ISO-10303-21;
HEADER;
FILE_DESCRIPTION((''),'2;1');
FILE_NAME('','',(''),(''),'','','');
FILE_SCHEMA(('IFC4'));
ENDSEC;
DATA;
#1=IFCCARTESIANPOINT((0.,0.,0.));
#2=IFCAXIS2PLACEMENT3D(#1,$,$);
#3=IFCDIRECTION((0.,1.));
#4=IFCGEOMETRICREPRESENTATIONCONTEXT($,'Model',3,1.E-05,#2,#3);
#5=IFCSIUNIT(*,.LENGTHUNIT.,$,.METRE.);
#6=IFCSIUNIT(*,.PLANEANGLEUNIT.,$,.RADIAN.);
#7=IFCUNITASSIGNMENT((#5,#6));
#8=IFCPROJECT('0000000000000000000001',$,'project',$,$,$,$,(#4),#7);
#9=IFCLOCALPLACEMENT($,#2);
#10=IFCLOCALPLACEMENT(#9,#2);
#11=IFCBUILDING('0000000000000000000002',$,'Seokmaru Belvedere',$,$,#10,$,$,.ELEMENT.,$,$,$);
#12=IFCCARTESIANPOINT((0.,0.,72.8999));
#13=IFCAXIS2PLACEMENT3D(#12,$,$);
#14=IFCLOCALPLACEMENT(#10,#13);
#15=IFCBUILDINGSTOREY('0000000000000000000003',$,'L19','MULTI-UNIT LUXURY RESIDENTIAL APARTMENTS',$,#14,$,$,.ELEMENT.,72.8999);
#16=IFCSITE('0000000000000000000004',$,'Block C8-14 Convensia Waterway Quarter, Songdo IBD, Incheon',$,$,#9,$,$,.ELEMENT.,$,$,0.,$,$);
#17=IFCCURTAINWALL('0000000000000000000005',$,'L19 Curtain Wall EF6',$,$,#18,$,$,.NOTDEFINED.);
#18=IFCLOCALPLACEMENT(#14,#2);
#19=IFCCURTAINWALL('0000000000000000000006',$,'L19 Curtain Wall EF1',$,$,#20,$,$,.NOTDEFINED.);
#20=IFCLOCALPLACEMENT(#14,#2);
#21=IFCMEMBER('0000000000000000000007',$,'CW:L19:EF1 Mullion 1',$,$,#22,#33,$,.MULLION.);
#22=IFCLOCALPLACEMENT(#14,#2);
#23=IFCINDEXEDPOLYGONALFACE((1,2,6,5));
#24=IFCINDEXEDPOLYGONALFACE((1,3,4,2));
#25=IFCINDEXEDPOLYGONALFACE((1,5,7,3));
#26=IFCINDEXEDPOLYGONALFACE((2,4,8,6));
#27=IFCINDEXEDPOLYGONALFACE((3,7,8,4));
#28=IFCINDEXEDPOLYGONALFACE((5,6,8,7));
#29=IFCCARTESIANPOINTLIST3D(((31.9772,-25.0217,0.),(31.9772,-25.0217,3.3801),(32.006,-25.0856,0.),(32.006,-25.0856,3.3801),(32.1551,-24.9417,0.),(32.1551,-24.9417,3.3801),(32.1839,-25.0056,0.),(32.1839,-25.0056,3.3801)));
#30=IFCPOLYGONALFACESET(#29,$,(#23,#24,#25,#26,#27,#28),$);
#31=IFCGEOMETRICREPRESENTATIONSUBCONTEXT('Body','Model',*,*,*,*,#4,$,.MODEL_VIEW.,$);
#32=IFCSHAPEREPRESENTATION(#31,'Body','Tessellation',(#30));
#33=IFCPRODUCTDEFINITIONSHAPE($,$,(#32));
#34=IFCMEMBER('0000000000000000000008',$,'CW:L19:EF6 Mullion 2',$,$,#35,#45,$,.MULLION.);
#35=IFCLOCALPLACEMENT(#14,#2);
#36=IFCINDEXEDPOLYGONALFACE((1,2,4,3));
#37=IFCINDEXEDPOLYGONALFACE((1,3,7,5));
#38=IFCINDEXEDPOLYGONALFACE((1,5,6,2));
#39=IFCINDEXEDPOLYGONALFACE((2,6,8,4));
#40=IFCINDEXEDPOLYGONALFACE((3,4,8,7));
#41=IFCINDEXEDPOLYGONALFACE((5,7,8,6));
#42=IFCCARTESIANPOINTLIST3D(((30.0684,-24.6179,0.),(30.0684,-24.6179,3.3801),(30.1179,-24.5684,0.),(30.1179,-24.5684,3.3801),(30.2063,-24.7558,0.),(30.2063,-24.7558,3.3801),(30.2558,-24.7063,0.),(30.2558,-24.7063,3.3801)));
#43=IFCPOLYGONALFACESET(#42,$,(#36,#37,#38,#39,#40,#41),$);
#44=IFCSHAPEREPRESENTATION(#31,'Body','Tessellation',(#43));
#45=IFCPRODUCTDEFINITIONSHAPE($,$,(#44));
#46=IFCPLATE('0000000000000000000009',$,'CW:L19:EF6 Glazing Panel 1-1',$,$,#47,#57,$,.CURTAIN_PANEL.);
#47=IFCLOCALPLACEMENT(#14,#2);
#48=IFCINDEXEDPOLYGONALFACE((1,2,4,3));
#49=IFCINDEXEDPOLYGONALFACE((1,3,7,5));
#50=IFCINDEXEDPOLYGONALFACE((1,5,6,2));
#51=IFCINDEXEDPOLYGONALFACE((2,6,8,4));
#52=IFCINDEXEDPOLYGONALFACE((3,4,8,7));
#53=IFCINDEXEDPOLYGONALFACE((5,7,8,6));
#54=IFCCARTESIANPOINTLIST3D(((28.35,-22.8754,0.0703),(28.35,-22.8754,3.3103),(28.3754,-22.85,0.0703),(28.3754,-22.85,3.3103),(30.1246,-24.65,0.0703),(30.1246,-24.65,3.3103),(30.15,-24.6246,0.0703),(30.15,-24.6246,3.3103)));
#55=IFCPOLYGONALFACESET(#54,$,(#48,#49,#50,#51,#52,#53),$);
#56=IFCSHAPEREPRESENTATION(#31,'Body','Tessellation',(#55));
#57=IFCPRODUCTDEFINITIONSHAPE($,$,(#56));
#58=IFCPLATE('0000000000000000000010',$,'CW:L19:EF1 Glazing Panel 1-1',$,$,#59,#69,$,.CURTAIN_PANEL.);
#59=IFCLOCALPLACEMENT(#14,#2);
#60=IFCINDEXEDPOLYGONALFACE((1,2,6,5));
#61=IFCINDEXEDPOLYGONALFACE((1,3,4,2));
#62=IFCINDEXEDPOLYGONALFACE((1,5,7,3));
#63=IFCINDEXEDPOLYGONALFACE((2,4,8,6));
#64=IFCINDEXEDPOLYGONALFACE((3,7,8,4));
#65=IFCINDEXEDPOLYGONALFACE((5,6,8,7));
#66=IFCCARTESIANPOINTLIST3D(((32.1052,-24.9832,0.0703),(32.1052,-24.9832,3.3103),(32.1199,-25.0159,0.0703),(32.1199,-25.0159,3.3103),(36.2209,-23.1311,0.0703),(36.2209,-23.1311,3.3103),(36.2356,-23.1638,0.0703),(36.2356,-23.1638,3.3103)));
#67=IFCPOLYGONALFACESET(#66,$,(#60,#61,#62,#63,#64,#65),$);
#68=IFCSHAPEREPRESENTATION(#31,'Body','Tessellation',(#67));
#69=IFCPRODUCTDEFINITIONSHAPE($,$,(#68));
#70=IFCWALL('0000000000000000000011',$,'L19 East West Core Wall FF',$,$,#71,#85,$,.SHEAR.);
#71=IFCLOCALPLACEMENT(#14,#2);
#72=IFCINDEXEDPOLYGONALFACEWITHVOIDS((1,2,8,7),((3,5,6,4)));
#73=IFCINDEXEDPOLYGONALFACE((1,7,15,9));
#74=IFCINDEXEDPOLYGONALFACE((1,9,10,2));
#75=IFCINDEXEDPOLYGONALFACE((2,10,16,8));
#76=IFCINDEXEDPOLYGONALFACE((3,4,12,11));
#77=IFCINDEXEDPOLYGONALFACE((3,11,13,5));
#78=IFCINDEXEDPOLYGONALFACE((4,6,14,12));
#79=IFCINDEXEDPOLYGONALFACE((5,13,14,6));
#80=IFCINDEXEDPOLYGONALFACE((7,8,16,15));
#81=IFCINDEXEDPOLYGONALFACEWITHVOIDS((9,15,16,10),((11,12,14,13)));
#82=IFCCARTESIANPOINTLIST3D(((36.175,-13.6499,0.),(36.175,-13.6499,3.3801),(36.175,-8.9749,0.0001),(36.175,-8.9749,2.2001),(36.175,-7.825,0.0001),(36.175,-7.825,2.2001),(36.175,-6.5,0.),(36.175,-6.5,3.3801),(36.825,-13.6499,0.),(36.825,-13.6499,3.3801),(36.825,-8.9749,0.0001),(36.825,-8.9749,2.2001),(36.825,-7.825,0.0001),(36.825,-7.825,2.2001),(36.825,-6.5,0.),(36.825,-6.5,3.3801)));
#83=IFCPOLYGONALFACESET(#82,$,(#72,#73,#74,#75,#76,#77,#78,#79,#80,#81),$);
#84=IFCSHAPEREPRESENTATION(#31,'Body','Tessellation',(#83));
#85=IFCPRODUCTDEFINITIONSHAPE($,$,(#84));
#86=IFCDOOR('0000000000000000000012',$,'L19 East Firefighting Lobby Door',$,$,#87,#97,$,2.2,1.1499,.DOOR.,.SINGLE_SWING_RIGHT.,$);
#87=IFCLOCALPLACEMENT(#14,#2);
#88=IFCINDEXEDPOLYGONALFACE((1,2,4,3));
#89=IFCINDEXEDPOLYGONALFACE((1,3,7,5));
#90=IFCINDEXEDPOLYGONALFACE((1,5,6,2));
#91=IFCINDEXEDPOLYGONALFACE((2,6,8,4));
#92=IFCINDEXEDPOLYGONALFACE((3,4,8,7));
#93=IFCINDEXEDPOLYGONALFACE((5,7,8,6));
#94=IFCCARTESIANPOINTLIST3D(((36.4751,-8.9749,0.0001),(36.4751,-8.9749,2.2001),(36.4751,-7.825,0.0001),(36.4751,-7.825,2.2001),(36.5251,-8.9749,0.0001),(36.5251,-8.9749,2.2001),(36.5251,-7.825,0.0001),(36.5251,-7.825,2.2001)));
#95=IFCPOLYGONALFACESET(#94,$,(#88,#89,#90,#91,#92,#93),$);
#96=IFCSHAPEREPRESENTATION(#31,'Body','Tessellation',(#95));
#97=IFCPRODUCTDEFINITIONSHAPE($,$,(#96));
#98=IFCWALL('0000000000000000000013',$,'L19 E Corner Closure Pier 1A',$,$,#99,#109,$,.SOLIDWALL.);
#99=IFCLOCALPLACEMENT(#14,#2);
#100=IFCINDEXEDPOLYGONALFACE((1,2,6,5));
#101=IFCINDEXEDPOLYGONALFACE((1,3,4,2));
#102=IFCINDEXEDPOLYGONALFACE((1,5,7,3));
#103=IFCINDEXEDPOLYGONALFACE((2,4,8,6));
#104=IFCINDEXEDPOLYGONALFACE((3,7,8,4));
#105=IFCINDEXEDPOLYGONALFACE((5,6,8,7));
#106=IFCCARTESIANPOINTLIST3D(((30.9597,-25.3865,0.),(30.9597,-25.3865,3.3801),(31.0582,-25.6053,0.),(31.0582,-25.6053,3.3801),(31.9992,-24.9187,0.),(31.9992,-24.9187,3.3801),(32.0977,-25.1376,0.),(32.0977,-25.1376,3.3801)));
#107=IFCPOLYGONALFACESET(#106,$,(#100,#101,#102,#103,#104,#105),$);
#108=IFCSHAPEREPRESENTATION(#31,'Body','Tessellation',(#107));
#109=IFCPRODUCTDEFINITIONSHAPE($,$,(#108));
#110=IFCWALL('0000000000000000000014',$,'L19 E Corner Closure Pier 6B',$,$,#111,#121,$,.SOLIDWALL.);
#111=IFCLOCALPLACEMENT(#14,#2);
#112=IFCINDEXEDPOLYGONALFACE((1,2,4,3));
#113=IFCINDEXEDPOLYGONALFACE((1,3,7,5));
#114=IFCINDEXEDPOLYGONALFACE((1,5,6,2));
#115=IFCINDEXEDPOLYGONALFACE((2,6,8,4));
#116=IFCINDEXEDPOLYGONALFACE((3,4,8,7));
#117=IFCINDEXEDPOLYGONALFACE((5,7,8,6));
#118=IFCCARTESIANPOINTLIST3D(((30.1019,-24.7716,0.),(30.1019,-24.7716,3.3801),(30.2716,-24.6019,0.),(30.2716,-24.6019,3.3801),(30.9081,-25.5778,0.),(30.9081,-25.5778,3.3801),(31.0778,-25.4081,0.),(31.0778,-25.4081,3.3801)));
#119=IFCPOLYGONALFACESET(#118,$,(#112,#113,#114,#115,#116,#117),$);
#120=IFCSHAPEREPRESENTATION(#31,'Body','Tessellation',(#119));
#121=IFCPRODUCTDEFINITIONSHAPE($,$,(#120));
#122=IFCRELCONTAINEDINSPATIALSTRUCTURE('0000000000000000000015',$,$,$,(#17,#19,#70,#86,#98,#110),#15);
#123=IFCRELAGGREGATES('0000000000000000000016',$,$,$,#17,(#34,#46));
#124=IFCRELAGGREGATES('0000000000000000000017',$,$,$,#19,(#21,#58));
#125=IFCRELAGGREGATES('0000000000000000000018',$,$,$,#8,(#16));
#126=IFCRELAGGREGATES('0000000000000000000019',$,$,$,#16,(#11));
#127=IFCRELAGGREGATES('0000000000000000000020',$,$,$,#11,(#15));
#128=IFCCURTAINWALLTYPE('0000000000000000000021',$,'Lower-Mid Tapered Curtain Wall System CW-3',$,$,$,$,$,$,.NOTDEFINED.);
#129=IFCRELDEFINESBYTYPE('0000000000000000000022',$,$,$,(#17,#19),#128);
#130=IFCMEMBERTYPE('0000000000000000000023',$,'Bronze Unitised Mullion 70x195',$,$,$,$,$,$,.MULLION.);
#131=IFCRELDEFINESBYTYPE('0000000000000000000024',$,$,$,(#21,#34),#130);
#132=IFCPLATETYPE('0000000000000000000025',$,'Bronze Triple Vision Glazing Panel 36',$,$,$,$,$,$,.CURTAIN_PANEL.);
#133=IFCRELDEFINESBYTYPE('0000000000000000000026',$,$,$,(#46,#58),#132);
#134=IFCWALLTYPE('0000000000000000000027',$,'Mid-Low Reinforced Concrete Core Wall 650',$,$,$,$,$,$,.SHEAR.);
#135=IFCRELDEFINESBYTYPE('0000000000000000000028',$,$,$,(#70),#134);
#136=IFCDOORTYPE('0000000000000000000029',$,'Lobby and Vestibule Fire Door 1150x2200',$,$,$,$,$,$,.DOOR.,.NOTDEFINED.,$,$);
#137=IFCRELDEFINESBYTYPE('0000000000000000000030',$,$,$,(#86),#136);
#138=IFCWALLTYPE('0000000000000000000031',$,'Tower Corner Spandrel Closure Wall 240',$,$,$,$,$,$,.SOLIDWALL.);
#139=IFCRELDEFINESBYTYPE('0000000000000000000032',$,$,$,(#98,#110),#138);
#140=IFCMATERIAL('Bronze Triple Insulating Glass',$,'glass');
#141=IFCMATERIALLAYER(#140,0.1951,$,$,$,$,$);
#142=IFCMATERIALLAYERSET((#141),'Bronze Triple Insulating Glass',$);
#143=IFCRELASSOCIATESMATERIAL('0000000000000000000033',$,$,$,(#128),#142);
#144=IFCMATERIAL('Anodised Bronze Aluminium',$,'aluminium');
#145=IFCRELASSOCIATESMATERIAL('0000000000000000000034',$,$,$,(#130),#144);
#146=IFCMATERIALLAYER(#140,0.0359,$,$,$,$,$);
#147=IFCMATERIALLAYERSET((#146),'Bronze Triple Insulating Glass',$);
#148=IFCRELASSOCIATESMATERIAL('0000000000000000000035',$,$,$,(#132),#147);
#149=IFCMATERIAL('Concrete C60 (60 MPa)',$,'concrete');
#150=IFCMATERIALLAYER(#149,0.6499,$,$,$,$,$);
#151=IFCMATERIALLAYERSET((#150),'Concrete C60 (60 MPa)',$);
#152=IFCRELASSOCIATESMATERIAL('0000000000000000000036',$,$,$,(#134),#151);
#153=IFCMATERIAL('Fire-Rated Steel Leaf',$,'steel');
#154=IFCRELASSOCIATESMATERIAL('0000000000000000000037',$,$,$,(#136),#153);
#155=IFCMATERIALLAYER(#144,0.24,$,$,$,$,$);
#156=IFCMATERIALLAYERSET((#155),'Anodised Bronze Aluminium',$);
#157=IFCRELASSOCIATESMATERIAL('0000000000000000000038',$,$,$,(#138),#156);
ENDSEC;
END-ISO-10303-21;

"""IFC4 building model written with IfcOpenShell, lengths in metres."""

from ifc_helpers import new_model, si_unit, direction, frame, frame_2d, origin, origin_2d, place, context, subcontext, project, spatial, rectangle, extrude, source, transform, mapped, material, layer, layer_set, material_profile, profile_set, type_object, type_shapes, element, fill, aggregate, save


model = new_model("IFC4")

# Units and contexts
model_context = context("Model", 3, precision=1e-05, world=origin(), true_north=direction((0.0, 1.0)))
body_context = subcontext(model_context, "Body", "Model", "MODEL_VIEW")
ifc_project = project(units=[si_unit("LENGTHUNIT", "METRE"), si_unit("PLANEANGLEUNIT", "RADIAN")], contexts=[model_context])

# Site, building, storey
site_placement = place(None, origin())
site = spatial("IfcSite", under=ifc_project, at=site_placement, Name="Block C8-14 Convensia Waterway Quarter, Songdo IBD, Incheon", CompositionType="ELEMENT", RefElevation=0.0)
building_placement = place(site_placement, origin())
building = spatial("IfcBuilding", under=site, at=building_placement, Name="Seokmaru Belvedere", CompositionType="ELEMENT")
storey_placement = place(building_placement, frame((0.0, 0.0, 72.8999)))
storey = spatial("IfcBuildingStorey", under=building, at=storey_placement, Name="L19", Description="MULTI-UNIT LUXURY RESIDENTIAL APARTMENTS", CompositionType="ELEMENT", Elevation=72.8999)

# Curtain wall
ifc_material_1 = material(Name="Bronze Triple Insulating Glass", Category="glass")
ifc_layer_1 = layer(ifc_material_1, 0.1951)
ifc_layer_set_1 = layer_set([ifc_layer_1], Name="Bronze Triple Insulating Glass")
curtain_wall_type = type_object("IfcCurtainWallType", Name="Lower-Mid Tapered Curtain Wall System CW-3", PredefinedType="NOTDEFINED", material=ifc_layer_set_1)
curtain_wall_1_placement = place(storey_placement, origin())
curtain_wall_1 = element("IfcCurtainWall", 1, at=curtain_wall_1_placement, inside=storey, type_object=curtain_wall_type, Name="L19 Curtain Wall EF6", PredefinedType="NOTDEFINED")
ifc_material_2 = material(Name="Anodised Bronze Aluminium", Category="aluminium")

# Curtain wall, member
curtain_wall_2_placement = place(storey_placement, origin())
curtain_wall_2 = element("IfcCurtainWall", 2, at=curtain_wall_2_placement, inside=storey, type_object=curtain_wall_type, Name="L19 Curtain Wall EF1", PredefinedType="NOTDEFINED")
ifc_material_profile_1 = material_profile(ifc_material_2, rectangle(XDim=0.0701, YDim=0.1951, at=origin_2d()), Name="CW-M-70x195")
ifc_profile_set_1 = profile_set([ifc_material_profile_1], Name="Anodised Bronze Aluminium")
member_type_1 = type_object("IfcMemberType", Name="Bronze Unitised Mullion 70x195", PredefinedType="MULLION", material=ifc_profile_set_1)
shared_shape_1 = source(origin(), body_context, "Body", "SweptSolid", [
    extrude(rectangle(XDim=0.0701, YDim=0.1951, at=origin_2d()), origin(), (0.0, 0.0, 1.0), 3.3801),
])
member_1_placement = place(storey_placement, frame((32.0806, -25.0137, 0.0), z_axis=(0.0, 0.0, 1.0), x_axis=(-0.410366, 0.911921, 0.0)))
member_1 = element("IfcMember", 3, at=member_1_placement, type_object=member_type_1, Name="CW:L19:EF1 Mullion 1", PredefinedType="MULLION", context=body_context, shape_type="MappedRepresentation", body=[
    mapped(shared_shape_1, transform((0.0, 0.0, 0.0), scale=1.0)),
])

# Member
member_2_placement = place(storey_placement, frame((30.1621, -24.6621, 0.0), z_axis=(0.0, 0.0, 1.0), x_axis=(0.707107, 0.707107, 0.0)))
member_2 = element("IfcMember", 4, at=member_2_placement, type_object=member_type_1, Name="CW:L19:EF6 Mullion 2", PredefinedType="MULLION", context=body_context, shape_type="MappedRepresentation", body=[
    mapped(shared_shape_1, transform((0.0, 0.0, 0.0), scale=1.0)),
])

# Plates
ifc_layer_2 = layer(ifc_material_1, 0.0359)
ifc_layer_set_2 = layer_set([ifc_layer_2], Name="Bronze Triple Insulating Glass")
plate_type = type_object("IfcPlateType", Name="Bronze Triple Vision Glazing Panel 36", PredefinedType="CURTAIN_PANEL", material=ifc_layer_set_2)
shared_shape_2 = source(origin(), body_context, "Body", "SweptSolid", [
    extrude(rectangle(XDim=2.5098, YDim=0.0359, at=origin_2d()), origin(), (0.0, 0.0, 1.0), 3.24),
])
plate_1_placement = place(storey_placement, frame((29.25, -23.75, 0.0703), z_axis=(0.0, 0.0, 1.0), x_axis=(0.707107, -0.707107, 0.0)))
plate_1 = element("IfcPlate", 5, at=plate_1_placement, type_object=plate_type, Name="CW:L19:EF6 Glazing Panel 1-1", PredefinedType="CURTAIN_PANEL", context=body_context, shape_type="MappedRepresentation", body=[
    mapped(shared_shape_2, transform((0.0, 0.0, 0.0), scale=1.0)),
])
aggregate(curtain_wall_1, [member_2, plate_1])
shared_shape_3 = source(origin(), body_context, "Body", "SweptSolid", [
    extrude(rectangle(XDim=4.5132, YDim=0.0359, at=origin_2d()), origin(), (0.0, 0.0, 1.0), 3.24),
])
type_shapes(plate_type, [shared_shape_2, shared_shape_3])
plate_2_placement = place(storey_placement, frame((34.1704, -24.0735, 0.0703), z_axis=(0.0, 0.0, 1.0), x_axis=(0.911921, 0.410366, 0.0)))
plate_2 = element("IfcPlate", 6, at=plate_2_placement, type_object=plate_type, Name="CW:L19:EF1 Glazing Panel 1-1", PredefinedType="CURTAIN_PANEL", context=body_context, shape_type="MappedRepresentation", body=[
    mapped(shared_shape_3, transform((0.0, 0.0, 0.0), scale=1.0)),
])
aggregate(curtain_wall_2, [member_1, plate_2])

# Wall, opening, door
ifc_material_3 = material(Name="Concrete C60 (60 MPa)", Category="concrete")
ifc_layer_3 = layer(ifc_material_3, 0.6499)
ifc_layer_set_3 = layer_set([ifc_layer_3], Name="Concrete C60 (60 MPa)")
wall_type_1 = type_object("IfcWallType", Name="Mid-Low Reinforced Concrete Core Wall 650", PredefinedType="SHEAR", material=ifc_layer_set_3)
wall_1_placement = place(storey_placement, frame((36.5, -13.6499, 0.0), z_axis=(0.0, 0.0, 1.0), x_axis=(0.0, 1.0, 0.0)))
wall_1 = element("IfcWall", 7, at=wall_1_placement, inside=storey, type_object=wall_type_1, Name="L19 East West Core Wall FF", PredefinedType="SHEAR", context=body_context, shape_type="SweptSolid", body=[
    extrude(rectangle(XDim=7.1499, YDim=0.6499, at=frame_2d((3.575, 0.0))), origin(), (0.0, 0.0, 1.0), 3.3801),
])
opening_placement = place(wall_1_placement, frame((4.675, 0.0, 0.0)))
opening = element("IfcOpeningElement", 8, at=opening_placement, cuts=wall_1, PredefinedType="OPENING", context=body_context, shape_type="SweptSolid", body=[
    extrude(rectangle(XDim=1.1499, YDim=2.2, at=frame_2d((0.575, 1.1001))), frame((0.0, 0.335, 0.0), z_axis=(0.0, -1.0, 0.0), x_axis=(1.0, 0.0, 0.0)), (0.0, 0.0, 1.0), 0.6699),
])
ifc_material_4 = material(Name="Fire-Rated Steel Leaf", Category="steel")
door_type = type_object("IfcDoorType", Name="Lobby and Vestibule Fire Door 1150x2200", OperationType="NOTDEFINED", PredefinedType="DOOR", material=ifc_material_4)
shared_shape_4 = source(origin(), body_context, "Body", "SweptSolid", [
    extrude(rectangle(XDim=1.1499, YDim=2.2, at=frame_2d((0.575, 1.1001))), frame((0.0, 0.0249, 0.0), z_axis=(0.0, -1.0, 0.0), x_axis=(1.0, 0.0, 0.0)), (0.0, 0.0, 1.0), 0.05),
])
type_shapes(door_type, [shared_shape_4])
door_placement = place(opening_placement, origin())
door = element("IfcDoor", 9, at=door_placement, inside=storey, type_object=door_type, Name="L19 East Firefighting Lobby Door", OperationType="SINGLE_SWING_RIGHT", OverallHeight=2.2, OverallWidth=1.1499, PredefinedType="DOOR", context=body_context, shape_type="MappedRepresentation", body=[
    mapped(shared_shape_4, transform((0.0, 0.0, 0.0), scale=1.0)),
])
fill(opening, door)

# Walls
ifc_layer_4 = layer(ifc_material_2, 0.24)
ifc_layer_set_4 = layer_set([ifc_layer_4], Name="Anodised Bronze Aluminium")
wall_type_2 = type_object("IfcWallType", Name="Tower Corner Spandrel Closure Wall 240", PredefinedType="SOLIDWALL", material=ifc_layer_set_4)
wall_2_placement = place(storey_placement, frame((31.009, -25.4958, 0.0), z_axis=(0.0, 0.0, 1.0), x_axis=(0.91193, 0.410347, 0.0)))
element("IfcWall", 10, at=wall_2_placement, inside=storey, type_object=wall_type_2, Name="L19 E Corner Closure Pier 1A", PredefinedType="SOLIDWALL", context=body_context, shape_type="SweptSolid", body=[
    extrude(rectangle(XDim=1.1399, YDim=0.24, at=frame_2d((0.5698, 0.0))), origin(), (0.0, 0.0, 1.0), 3.3801),
])
wall_3_placement = place(storey_placement, frame((30.1868, -24.6868, 0.0), z_axis=(0.0, 0.0, 1.0), x_axis=(0.707107, -0.707107, 0.0)))
element("IfcWall", 11, at=wall_3_placement, inside=storey, type_object=wall_type_2, Name="L19 E Corner Closure Pier 6B", PredefinedType="SOLIDWALL", context=body_context, shape_type="SweptSolid", body=[
    extrude(rectangle(XDim=1.1401, YDim=0.24, at=frame_2d((0.5701, 0.0))), origin(), (0.0, 0.0, 1.0), 3.3801),
])

save(model, "model.ifc")
